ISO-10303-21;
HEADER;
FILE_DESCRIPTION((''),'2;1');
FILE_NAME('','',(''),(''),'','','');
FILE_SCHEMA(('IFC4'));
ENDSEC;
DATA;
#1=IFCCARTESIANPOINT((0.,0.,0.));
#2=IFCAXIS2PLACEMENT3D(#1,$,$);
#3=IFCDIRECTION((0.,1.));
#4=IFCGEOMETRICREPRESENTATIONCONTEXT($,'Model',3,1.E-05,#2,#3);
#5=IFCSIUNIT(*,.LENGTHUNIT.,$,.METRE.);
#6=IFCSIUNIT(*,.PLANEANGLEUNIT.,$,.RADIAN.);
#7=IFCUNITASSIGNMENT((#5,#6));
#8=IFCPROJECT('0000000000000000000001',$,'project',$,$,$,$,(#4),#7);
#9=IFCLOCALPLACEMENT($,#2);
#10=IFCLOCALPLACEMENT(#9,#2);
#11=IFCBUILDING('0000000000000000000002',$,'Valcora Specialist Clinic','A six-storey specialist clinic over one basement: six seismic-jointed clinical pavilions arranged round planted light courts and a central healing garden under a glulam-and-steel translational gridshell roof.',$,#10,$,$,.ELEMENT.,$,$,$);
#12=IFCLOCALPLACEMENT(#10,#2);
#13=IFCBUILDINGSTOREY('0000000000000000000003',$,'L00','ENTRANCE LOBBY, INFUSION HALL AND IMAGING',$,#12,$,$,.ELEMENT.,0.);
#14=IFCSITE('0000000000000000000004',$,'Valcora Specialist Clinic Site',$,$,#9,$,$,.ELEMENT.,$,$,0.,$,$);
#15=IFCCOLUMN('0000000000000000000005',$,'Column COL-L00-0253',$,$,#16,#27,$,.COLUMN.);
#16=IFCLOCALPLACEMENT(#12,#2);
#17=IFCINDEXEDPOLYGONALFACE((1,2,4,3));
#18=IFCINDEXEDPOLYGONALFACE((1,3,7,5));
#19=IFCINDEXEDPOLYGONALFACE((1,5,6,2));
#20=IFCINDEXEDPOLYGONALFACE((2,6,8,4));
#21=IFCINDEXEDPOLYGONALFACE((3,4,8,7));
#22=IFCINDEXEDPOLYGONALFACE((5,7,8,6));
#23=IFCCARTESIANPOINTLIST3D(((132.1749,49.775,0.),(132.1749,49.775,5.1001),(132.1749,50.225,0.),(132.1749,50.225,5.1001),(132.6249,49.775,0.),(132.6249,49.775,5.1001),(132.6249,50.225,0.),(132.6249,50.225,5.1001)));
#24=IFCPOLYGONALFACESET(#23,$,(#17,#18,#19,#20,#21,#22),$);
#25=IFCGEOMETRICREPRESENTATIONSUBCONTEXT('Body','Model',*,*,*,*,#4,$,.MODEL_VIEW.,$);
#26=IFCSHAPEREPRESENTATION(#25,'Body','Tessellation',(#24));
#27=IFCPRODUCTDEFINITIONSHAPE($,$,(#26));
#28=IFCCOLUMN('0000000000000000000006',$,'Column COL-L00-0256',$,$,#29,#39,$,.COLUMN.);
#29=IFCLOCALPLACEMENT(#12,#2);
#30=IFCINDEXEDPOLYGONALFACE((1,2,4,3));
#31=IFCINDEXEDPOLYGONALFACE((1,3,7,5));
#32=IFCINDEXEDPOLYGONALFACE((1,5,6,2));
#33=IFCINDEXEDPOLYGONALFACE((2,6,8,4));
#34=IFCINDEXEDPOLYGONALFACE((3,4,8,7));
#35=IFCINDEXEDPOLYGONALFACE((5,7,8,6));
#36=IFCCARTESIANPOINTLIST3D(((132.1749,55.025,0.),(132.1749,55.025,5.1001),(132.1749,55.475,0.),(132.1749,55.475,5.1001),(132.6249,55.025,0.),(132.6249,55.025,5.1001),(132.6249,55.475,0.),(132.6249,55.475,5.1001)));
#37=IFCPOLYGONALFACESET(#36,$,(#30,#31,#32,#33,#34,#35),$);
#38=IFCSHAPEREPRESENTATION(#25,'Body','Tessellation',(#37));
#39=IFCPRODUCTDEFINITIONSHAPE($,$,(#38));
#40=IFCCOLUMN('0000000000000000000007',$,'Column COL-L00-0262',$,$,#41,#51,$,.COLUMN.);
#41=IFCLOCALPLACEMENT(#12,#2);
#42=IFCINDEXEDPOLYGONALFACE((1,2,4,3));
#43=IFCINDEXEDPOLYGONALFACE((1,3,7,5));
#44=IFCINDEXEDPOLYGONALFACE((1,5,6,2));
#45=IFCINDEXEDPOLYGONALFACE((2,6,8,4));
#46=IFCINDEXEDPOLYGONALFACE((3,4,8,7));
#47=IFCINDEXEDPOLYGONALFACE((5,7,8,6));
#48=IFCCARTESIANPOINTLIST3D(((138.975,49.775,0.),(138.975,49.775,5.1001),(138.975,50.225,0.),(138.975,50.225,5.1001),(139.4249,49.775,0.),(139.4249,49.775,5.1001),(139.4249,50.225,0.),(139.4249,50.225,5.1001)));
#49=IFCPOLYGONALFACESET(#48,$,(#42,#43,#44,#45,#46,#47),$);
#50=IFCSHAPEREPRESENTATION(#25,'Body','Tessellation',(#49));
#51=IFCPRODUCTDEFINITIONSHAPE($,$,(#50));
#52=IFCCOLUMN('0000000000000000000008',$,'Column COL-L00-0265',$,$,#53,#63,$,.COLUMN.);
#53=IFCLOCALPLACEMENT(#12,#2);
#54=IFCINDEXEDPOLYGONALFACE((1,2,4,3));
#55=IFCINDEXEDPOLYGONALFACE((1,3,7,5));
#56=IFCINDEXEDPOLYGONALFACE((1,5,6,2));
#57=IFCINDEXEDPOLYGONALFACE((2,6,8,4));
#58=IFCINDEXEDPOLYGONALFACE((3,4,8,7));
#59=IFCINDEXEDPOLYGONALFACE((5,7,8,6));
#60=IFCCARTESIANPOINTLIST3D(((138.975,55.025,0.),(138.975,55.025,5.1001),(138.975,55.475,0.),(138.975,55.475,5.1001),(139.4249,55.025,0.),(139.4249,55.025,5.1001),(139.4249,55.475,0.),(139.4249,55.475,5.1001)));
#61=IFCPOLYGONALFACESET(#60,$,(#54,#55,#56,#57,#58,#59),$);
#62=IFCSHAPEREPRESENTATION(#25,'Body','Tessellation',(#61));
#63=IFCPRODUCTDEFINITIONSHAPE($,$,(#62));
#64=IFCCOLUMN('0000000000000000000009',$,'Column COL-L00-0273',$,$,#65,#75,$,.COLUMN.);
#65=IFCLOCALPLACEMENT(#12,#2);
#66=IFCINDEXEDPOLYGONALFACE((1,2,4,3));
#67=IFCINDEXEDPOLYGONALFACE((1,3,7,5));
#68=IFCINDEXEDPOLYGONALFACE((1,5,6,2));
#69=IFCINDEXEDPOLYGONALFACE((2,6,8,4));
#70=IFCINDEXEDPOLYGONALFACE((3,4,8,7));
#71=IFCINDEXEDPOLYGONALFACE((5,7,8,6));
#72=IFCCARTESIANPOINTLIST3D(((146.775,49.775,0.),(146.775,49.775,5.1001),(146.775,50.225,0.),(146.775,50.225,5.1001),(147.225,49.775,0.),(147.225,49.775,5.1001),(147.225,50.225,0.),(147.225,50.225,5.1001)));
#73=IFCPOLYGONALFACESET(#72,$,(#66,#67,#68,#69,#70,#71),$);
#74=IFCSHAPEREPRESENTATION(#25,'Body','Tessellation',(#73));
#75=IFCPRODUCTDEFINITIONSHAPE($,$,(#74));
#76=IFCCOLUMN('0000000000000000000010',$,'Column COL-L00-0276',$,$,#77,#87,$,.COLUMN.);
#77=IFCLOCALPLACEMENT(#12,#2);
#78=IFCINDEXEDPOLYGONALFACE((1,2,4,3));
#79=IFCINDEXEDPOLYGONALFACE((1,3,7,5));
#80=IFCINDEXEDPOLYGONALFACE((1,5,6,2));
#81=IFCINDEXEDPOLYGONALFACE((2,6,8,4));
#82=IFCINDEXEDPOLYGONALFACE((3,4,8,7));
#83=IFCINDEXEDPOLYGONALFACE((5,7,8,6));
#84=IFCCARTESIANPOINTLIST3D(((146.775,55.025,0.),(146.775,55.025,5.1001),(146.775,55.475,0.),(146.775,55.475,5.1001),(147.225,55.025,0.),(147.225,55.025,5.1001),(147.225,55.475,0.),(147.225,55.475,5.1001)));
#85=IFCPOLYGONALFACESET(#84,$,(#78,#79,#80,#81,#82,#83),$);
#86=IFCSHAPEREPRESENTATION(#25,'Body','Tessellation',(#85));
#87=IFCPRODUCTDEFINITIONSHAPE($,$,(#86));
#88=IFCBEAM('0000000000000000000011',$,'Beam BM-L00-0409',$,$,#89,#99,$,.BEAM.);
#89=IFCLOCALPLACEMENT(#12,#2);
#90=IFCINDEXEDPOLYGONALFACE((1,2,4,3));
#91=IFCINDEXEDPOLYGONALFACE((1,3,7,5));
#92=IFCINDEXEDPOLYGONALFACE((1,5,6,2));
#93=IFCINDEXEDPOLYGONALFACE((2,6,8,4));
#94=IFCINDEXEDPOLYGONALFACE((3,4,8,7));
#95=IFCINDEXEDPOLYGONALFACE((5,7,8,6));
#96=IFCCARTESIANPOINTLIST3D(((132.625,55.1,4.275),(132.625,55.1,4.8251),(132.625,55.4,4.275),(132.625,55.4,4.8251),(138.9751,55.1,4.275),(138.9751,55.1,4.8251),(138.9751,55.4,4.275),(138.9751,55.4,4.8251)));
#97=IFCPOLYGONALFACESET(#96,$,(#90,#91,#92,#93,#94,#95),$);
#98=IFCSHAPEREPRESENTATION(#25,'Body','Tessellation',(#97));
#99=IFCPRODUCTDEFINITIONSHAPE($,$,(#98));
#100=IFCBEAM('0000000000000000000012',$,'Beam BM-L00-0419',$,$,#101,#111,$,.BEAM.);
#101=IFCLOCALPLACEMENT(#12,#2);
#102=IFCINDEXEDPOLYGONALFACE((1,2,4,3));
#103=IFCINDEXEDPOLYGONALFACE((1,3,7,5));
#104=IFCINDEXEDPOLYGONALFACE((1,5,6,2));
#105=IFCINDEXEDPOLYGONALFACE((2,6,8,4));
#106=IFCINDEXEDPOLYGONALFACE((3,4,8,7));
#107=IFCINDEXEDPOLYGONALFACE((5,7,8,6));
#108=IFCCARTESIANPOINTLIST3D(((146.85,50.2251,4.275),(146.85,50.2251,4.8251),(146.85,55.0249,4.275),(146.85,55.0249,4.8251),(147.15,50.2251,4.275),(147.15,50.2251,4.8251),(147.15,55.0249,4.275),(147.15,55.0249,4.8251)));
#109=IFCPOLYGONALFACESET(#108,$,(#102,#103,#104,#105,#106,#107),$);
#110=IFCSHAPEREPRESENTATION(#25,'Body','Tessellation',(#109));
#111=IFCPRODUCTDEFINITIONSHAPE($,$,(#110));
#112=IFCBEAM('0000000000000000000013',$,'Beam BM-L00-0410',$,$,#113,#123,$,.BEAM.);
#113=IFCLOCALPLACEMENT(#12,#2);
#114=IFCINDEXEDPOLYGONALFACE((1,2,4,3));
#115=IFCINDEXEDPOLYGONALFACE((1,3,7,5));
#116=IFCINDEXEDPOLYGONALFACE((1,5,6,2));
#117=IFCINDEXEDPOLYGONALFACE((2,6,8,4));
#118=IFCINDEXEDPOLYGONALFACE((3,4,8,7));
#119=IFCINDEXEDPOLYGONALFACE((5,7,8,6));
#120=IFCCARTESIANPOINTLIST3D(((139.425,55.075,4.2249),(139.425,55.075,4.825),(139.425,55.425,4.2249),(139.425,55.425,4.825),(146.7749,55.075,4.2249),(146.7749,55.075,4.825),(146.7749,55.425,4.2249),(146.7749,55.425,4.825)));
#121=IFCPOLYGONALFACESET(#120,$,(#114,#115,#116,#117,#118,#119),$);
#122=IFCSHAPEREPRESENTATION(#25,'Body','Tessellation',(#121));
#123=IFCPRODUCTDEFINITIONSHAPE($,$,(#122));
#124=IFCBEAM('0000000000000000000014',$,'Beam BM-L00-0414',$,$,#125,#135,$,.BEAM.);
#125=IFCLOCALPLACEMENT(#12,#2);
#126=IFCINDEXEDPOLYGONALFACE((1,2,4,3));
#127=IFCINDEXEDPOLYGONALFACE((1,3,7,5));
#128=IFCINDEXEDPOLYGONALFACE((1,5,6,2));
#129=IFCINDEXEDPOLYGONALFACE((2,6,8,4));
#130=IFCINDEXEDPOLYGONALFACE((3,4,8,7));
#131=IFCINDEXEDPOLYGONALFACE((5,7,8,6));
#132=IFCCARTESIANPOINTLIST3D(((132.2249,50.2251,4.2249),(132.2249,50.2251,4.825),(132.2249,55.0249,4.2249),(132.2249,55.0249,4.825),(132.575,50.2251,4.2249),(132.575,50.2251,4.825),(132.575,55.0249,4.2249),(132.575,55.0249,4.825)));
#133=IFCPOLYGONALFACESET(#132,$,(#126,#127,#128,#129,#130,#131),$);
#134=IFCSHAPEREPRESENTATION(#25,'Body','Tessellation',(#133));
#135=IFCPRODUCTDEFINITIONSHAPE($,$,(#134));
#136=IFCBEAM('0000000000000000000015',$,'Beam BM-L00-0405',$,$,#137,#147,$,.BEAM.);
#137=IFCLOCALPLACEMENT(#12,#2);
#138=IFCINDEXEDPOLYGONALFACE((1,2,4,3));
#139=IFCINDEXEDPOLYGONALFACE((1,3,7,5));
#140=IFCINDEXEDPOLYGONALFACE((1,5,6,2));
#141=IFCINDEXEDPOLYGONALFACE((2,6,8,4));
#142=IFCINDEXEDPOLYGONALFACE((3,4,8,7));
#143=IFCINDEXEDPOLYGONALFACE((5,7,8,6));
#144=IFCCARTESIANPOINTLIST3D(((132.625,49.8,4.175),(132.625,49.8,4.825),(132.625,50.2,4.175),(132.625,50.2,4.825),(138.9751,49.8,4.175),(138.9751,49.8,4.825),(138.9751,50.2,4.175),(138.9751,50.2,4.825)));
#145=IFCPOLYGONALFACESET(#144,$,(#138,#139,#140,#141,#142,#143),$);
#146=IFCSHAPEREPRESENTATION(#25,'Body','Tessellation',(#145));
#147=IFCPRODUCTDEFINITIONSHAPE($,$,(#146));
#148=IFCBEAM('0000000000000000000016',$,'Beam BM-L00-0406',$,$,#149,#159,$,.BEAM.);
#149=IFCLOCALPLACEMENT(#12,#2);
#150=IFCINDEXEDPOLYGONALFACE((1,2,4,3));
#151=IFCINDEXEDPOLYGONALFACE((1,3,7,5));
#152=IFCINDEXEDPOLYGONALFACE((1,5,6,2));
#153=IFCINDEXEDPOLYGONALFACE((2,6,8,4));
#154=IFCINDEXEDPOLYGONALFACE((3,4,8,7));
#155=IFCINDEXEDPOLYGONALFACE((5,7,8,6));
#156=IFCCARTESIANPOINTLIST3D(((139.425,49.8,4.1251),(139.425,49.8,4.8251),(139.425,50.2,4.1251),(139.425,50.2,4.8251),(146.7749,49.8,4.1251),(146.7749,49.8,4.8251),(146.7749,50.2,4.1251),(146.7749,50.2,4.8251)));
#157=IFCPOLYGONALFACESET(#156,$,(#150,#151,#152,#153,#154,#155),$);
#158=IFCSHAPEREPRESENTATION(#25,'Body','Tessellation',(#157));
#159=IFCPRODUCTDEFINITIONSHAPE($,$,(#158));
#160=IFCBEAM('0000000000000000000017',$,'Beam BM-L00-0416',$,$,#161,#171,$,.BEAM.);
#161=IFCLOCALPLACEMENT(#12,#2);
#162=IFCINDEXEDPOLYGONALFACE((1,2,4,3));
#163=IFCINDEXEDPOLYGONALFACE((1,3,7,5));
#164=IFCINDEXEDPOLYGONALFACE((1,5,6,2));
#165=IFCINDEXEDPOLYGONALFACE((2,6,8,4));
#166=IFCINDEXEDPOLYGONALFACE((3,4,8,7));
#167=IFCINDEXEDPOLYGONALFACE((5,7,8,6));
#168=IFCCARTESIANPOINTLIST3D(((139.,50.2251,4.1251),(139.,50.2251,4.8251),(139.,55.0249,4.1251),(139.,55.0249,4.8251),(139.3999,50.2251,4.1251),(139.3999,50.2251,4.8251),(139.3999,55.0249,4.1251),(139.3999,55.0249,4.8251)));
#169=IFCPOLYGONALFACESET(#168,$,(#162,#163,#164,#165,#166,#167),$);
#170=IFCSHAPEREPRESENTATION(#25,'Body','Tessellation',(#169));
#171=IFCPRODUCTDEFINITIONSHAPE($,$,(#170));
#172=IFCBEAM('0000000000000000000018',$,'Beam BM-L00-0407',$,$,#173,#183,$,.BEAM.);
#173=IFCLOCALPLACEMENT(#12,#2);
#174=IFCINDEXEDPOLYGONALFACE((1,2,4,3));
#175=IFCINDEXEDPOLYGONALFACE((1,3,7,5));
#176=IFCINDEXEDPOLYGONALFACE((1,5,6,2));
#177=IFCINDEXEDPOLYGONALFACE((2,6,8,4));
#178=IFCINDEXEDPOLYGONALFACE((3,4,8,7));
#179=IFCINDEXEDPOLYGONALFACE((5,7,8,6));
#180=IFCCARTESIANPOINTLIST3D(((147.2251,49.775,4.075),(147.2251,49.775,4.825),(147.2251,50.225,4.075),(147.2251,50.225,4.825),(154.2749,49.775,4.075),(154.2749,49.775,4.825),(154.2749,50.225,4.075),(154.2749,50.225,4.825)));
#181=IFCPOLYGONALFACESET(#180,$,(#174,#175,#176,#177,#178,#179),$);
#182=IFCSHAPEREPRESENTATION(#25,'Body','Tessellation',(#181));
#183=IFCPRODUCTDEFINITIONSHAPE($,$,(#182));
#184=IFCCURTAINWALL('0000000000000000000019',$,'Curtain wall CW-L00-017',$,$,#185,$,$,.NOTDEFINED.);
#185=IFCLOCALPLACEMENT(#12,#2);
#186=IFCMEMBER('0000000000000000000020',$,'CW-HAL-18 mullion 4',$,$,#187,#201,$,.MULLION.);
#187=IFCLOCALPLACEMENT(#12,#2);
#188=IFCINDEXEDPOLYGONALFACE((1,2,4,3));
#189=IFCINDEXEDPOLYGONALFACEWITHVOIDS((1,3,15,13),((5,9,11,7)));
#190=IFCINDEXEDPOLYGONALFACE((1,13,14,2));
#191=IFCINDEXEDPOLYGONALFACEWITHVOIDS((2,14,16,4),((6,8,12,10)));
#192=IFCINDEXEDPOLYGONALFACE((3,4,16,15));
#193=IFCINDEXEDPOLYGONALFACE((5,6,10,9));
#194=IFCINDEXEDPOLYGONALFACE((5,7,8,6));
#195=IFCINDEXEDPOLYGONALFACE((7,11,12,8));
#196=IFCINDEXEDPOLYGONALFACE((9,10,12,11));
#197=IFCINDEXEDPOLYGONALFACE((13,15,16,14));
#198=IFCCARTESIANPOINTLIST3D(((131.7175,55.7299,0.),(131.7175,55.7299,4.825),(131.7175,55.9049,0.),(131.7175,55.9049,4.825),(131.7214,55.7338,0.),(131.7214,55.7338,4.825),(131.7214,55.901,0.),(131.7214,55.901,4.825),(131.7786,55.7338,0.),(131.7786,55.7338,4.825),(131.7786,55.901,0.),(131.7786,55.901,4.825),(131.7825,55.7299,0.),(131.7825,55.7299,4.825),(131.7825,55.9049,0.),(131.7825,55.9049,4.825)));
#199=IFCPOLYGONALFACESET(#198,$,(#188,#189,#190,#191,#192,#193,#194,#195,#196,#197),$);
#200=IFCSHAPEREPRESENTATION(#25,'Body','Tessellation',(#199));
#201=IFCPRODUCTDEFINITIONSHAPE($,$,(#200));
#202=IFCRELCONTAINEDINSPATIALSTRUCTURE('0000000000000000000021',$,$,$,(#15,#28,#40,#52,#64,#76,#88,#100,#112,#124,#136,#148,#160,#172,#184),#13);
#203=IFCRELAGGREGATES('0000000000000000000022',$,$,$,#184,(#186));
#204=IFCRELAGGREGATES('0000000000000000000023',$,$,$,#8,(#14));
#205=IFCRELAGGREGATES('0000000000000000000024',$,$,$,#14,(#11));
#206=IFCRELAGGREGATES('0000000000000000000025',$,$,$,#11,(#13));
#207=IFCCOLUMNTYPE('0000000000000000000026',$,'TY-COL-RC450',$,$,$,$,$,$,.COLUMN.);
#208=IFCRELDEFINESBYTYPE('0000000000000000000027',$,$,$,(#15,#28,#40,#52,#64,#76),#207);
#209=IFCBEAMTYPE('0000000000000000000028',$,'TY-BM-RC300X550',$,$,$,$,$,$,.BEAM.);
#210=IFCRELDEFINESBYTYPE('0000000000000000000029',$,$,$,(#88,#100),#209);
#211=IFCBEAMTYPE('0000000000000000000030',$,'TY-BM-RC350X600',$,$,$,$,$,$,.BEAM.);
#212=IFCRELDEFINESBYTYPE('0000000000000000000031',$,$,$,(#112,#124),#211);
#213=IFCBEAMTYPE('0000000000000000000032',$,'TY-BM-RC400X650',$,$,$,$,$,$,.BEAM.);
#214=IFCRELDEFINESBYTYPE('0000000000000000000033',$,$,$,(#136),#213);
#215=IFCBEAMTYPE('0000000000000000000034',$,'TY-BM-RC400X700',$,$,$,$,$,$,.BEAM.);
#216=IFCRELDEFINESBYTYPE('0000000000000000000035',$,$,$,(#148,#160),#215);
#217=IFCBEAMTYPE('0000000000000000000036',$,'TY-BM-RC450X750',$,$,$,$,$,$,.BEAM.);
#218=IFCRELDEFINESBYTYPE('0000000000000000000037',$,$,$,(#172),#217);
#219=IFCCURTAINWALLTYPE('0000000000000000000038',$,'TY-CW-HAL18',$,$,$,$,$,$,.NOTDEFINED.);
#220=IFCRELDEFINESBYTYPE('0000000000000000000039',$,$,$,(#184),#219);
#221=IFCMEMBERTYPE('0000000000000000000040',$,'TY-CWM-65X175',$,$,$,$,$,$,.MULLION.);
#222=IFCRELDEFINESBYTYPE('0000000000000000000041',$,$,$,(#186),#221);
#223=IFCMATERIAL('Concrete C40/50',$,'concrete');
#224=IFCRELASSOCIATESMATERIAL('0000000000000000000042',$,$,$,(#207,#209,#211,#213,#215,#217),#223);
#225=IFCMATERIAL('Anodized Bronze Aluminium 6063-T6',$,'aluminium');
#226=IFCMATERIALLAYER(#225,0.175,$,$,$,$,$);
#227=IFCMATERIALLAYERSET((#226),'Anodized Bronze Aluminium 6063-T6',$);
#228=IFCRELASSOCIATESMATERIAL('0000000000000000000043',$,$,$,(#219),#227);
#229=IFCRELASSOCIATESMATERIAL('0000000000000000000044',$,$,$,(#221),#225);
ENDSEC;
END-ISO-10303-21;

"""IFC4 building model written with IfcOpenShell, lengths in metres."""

from ifc_helpers import new_model, si_unit, direction, frame, origin, origin_2d, place, context, subcontext, project, spatial, rectangle, hollow_rectangle, extrude, material, layer, layer_set, material_profile, profile_set, type_object, element, aggregate, save


model = new_model("IFC4")

# Units and contexts
model_context = context("Model", 3, precision=1e-05, world=origin(), true_north=direction((0.0, 1.0)))
body_context = subcontext(model_context, "Body", "Model", "MODEL_VIEW")
ifc_project = project(units=[si_unit("LENGTHUNIT", "METRE"), si_unit("PLANEANGLEUNIT", "RADIAN")], contexts=[model_context])

# Site, building, storey
site_placement = place(None, origin())
site = spatial("IfcSite", under=ifc_project, at=site_placement, Name="Valcora Specialist Clinic Site", CompositionType="ELEMENT", RefElevation=0.0)
building_placement = place(site_placement, origin())
building = spatial("IfcBuilding", under=site, at=building_placement, Name="Valcora Specialist Clinic", Description="A six-storey specialist clinic over one basement: six seismic-jointed clinical pavilions arranged round planted light courts and a central healing garden under a glulam-and-steel translational gridshell roof.", CompositionType="ELEMENT")
storey_placement = place(building_placement, origin())
storey = spatial("IfcBuildingStorey", under=building, at=storey_placement, Name="L00", Description="ENTRANCE LOBBY, INFUSION HALL AND IMAGING", CompositionType="ELEMENT", Elevation=0.0)

# Columns
ifc_material_1 = material(Name="Concrete C40/50", Category="concrete")
ifc_material_profile_1 = material_profile(ifc_material_1, rectangle(XDim=0.45, YDim=0.45, at=origin_2d()), Name="RC-COL-450X450")
ifc_profile_set_1 = profile_set([ifc_material_profile_1], Name="Concrete C40/50")
column_type = type_object("IfcColumnType", Name="TY-COL-RC450", PredefinedType="COLUMN", material=ifc_profile_set_1)
for number, where, z_axis, x_axis, name in (
    (1, (132.3999, 50.0, 0.0), (0.0, 0.0, 1.0), (1.0, 0.0, 0.0), "Column COL-L00-0253"),
    (2, (132.3999, 55.25, 0.0), (0.0, 0.0, 1.0), (1.0, 0.0, 0.0), "Column COL-L00-0256"),
    (3, (139.2, 50.0, 0.0), (0.0, 0.0, 1.0), (1.0, 0.0, 0.0), "Column COL-L00-0262"),
    (4, (139.2, 55.25, 0.0), (0.0, 0.0, 1.0), (1.0, 0.0, 0.0), "Column COL-L00-0265"),
    (5, (147.0, 50.0, 0.0), (0.0, 0.0, 1.0), (1.0, 0.0, 0.0), "Column COL-L00-0273"),
    (6, (147.0, 55.25, 0.0), (0.0, 0.0, 1.0), (1.0, 0.0, 0.0), "Column COL-L00-0276"),
):
    element("IfcColumn", number, at=place(storey_placement, frame(where, z_axis=z_axis, x_axis=x_axis)), inside=storey, type_object=column_type, Name=name, PredefinedType="COLUMN", context=body_context, shape_type="SweptSolid", body=[
        extrude(rectangle(XDim=0.45, YDim=0.45, at=origin_2d()), origin(), (0.0, 0.0, 1.0), 5.1001),
    ])

# Beams
ifc_material_profile_2 = material_profile(ifc_material_1, rectangle(XDim=0.3, YDim=0.55, at=origin_2d()), Name="RC-BM-300X550")
ifc_profile_set_2 = profile_set([ifc_material_profile_2], Name="Concrete C40/50")
beam_type_1 = type_object("IfcBeamType", Name="TY-BM-RC300X550", PredefinedType="BEAM", material=ifc_profile_set_2)
beam_1_placement = place(storey_placement, frame((132.625, 55.25, 4.55), z_axis=(1.0, 0.0, 0.0), x_axis=(0.0, 1.0, 0.0)))
element("IfcBeam", 7, at=beam_1_placement, inside=storey, type_object=beam_type_1, Name="Beam BM-L00-0409", PredefinedType="BEAM", context=body_context, shape_type="SweptSolid", body=[
    extrude(rectangle(XDim=0.3, YDim=0.55, at=origin_2d()), origin(), (0.0, 0.0, 1.0), 6.3501),
])
beam_2_placement = place(storey_placement, frame((147.0, 50.2251, 4.55), z_axis=(0.0, 1.0, 0.0), x_axis=(-1.0, 0.0, 0.0)))
element("IfcBeam", 8, at=beam_2_placement, inside=storey, type_object=beam_type_1, Name="Beam BM-L00-0419", PredefinedType="BEAM", context=body_context, shape_type="SweptSolid", body=[
    extrude(rectangle(XDim=0.3, YDim=0.55, at=origin_2d()), origin(), (0.0, 0.0, 1.0), 4.7998),
])
ifc_material_profile_3 = material_profile(ifc_material_1, rectangle(XDim=0.3501, YDim=0.6001, at=origin_2d()), Name="RC-BM-350X600")
ifc_profile_set_3 = profile_set([ifc_material_profile_3], Name="Concrete C40/50")
beam_type_2 = type_object("IfcBeamType", Name="TY-BM-RC350X600", PredefinedType="BEAM", material=ifc_profile_set_3)
beam_3_placement = place(storey_placement, frame((139.425, 55.25, 4.5249), z_axis=(1.0, 0.0, 0.0), x_axis=(0.0, 1.0, 0.0)))
element("IfcBeam", 9, at=beam_3_placement, inside=storey, type_object=beam_type_2, Name="Beam BM-L00-0410", PredefinedType="BEAM", context=body_context, shape_type="SweptSolid", body=[
    extrude(rectangle(XDim=0.3501, YDim=0.6001, at=origin_2d()), origin(), (0.0, 0.0, 1.0), 7.3499),
])
beam_4_placement = place(storey_placement, frame((132.3999, 50.2251, 4.5249), z_axis=(0.0, 1.0, 0.0), x_axis=(-1.0, 0.0, 0.0)))
element("IfcBeam", 10, at=beam_4_placement, inside=storey, type_object=beam_type_2, Name="Beam BM-L00-0414", PredefinedType="BEAM", context=body_context, shape_type="SweptSolid", body=[
    extrude(rectangle(XDim=0.3501, YDim=0.6001, at=origin_2d()), origin(), (0.0, 0.0, 1.0), 4.7998),
])
ifc_material_profile_4 = material_profile(ifc_material_1, rectangle(XDim=0.3999, YDim=0.6499, at=origin_2d()), Name="RC-BM-400X650")
ifc_profile_set_4 = profile_set([ifc_material_profile_4], Name="Concrete C40/50")
beam_type_3 = type_object("IfcBeamType", Name="TY-BM-RC400X650", PredefinedType="BEAM", material=ifc_profile_set_4)
beam_5_placement = place(storey_placement, frame((132.625, 50.0, 4.5), z_axis=(1.0, 0.0, 0.0), x_axis=(0.0, 1.0, 0.0)))
element("IfcBeam", 11, at=beam_5_placement, inside=storey, type_object=beam_type_3, Name="Beam BM-L00-0405", PredefinedType="BEAM", context=body_context, shape_type="SweptSolid", body=[
    extrude(rectangle(XDim=0.3999, YDim=0.6499, at=origin_2d()), origin(), (0.0, 0.0, 1.0), 6.3501),
])
ifc_material_profile_5 = material_profile(ifc_material_1, rectangle(XDim=0.3999, YDim=0.7, at=origin_2d()), Name="RC-BM-400X700")
ifc_profile_set_5 = profile_set([ifc_material_profile_5], Name="Concrete C40/50")
beam_type_4 = type_object("IfcBeamType", Name="TY-BM-RC400X700", PredefinedType="BEAM", material=ifc_profile_set_5)
beam_6_placement = place(storey_placement, frame((139.425, 50.0, 4.4751), z_axis=(1.0, 0.0, 0.0), x_axis=(0.0, 1.0, 0.0)))
element("IfcBeam", 12, at=beam_6_placement, inside=storey, type_object=beam_type_4, Name="Beam BM-L00-0406", PredefinedType="BEAM", context=body_context, shape_type="SweptSolid", body=[
    extrude(rectangle(XDim=0.3999, YDim=0.7, at=origin_2d()), origin(), (0.0, 0.0, 1.0), 7.3499),
])
beam_7_placement = place(storey_placement, frame((139.2, 50.2251, 4.4751), z_axis=(0.0, 1.0, 0.0), x_axis=(-1.0, 0.0, 0.0)))
element("IfcBeam", 13, at=beam_7_placement, inside=storey, type_object=beam_type_4, Name="Beam BM-L00-0416", PredefinedType="BEAM", context=body_context, shape_type="SweptSolid", body=[
    extrude(rectangle(XDim=0.3999, YDim=0.7, at=origin_2d()), origin(), (0.0, 0.0, 1.0), 4.7998),
])
ifc_material_profile_6 = material_profile(ifc_material_1, rectangle(XDim=0.45, YDim=0.75, at=origin_2d()), Name="RC-BM-450X750")
ifc_profile_set_6 = profile_set([ifc_material_profile_6], Name="Concrete C40/50")
beam_type_5 = type_object("IfcBeamType", Name="TY-BM-RC450X750", PredefinedType="BEAM", material=ifc_profile_set_6)
beam_8_placement = place(storey_placement, frame((147.2251, 50.0, 4.45), z_axis=(1.0, 0.0, 0.0), x_axis=(0.0, 1.0, 0.0)))
element("IfcBeam", 14, at=beam_8_placement, inside=storey, type_object=beam_type_5, Name="Beam BM-L00-0407", PredefinedType="BEAM", context=body_context, shape_type="SweptSolid", body=[
    extrude(rectangle(XDim=0.45, YDim=0.75, at=origin_2d()), origin(), (0.0, 0.0, 1.0), 7.0498),
])

# Curtain wall, member
ifc_material_2 = material(Name="Anodized Bronze Aluminium 6063-T6", Category="aluminium")
ifc_layer_1 = layer(ifc_material_2, 0.175)
ifc_layer_set_1 = layer_set([ifc_layer_1], Name="Anodized Bronze Aluminium 6063-T6")
curtain_wall_type = type_object("IfcCurtainWallType", Name="TY-CW-HAL18", PredefinedType="NOTDEFINED", material=ifc_layer_set_1)
curtain_wall_placement = place(storey_placement, origin())
curtain_wall = element("IfcCurtainWall", 15, at=curtain_wall_placement, inside=storey, type_object=curtain_wall_type, Name="Curtain wall CW-L00-017", PredefinedType="NOTDEFINED")
ifc_material_profile_7 = material_profile(ifc_material_2, hollow_rectangle(XDim=0.0649, YDim=0.175, WallThickness=0.0039, at=origin_2d()), Name="AL-MUL-65X175")
ifc_profile_set_7 = profile_set([ifc_material_profile_7], Name="Anodized Bronze Aluminium 6063-T6")
member_type_1 = type_object("IfcMemberType", Name="TY-CWM-65X175", PredefinedType="MULLION", material=ifc_profile_set_7)
member_1_placement = place(storey_placement, frame((131.75, 55.8174, 0.0), z_axis=(0.0, 0.0, 1.0), x_axis=(-1.0, 0.0, 0.0)))
member_1 = element("IfcMember", 16, at=member_1_placement, type_object=member_type_1, Name="CW-HAL-18 mullion 4", PredefinedType="MULLION", context=body_context, shape_type="SweptSolid", body=[
    extrude(hollow_rectangle(XDim=0.0649, YDim=0.175, WallThickness=0.0039, at=origin_2d()), origin(), (0.0, 0.0, 1.0), 4.825),
])
aggregate(curtain_wall, [member_1])

save(model, "model.ifc")
